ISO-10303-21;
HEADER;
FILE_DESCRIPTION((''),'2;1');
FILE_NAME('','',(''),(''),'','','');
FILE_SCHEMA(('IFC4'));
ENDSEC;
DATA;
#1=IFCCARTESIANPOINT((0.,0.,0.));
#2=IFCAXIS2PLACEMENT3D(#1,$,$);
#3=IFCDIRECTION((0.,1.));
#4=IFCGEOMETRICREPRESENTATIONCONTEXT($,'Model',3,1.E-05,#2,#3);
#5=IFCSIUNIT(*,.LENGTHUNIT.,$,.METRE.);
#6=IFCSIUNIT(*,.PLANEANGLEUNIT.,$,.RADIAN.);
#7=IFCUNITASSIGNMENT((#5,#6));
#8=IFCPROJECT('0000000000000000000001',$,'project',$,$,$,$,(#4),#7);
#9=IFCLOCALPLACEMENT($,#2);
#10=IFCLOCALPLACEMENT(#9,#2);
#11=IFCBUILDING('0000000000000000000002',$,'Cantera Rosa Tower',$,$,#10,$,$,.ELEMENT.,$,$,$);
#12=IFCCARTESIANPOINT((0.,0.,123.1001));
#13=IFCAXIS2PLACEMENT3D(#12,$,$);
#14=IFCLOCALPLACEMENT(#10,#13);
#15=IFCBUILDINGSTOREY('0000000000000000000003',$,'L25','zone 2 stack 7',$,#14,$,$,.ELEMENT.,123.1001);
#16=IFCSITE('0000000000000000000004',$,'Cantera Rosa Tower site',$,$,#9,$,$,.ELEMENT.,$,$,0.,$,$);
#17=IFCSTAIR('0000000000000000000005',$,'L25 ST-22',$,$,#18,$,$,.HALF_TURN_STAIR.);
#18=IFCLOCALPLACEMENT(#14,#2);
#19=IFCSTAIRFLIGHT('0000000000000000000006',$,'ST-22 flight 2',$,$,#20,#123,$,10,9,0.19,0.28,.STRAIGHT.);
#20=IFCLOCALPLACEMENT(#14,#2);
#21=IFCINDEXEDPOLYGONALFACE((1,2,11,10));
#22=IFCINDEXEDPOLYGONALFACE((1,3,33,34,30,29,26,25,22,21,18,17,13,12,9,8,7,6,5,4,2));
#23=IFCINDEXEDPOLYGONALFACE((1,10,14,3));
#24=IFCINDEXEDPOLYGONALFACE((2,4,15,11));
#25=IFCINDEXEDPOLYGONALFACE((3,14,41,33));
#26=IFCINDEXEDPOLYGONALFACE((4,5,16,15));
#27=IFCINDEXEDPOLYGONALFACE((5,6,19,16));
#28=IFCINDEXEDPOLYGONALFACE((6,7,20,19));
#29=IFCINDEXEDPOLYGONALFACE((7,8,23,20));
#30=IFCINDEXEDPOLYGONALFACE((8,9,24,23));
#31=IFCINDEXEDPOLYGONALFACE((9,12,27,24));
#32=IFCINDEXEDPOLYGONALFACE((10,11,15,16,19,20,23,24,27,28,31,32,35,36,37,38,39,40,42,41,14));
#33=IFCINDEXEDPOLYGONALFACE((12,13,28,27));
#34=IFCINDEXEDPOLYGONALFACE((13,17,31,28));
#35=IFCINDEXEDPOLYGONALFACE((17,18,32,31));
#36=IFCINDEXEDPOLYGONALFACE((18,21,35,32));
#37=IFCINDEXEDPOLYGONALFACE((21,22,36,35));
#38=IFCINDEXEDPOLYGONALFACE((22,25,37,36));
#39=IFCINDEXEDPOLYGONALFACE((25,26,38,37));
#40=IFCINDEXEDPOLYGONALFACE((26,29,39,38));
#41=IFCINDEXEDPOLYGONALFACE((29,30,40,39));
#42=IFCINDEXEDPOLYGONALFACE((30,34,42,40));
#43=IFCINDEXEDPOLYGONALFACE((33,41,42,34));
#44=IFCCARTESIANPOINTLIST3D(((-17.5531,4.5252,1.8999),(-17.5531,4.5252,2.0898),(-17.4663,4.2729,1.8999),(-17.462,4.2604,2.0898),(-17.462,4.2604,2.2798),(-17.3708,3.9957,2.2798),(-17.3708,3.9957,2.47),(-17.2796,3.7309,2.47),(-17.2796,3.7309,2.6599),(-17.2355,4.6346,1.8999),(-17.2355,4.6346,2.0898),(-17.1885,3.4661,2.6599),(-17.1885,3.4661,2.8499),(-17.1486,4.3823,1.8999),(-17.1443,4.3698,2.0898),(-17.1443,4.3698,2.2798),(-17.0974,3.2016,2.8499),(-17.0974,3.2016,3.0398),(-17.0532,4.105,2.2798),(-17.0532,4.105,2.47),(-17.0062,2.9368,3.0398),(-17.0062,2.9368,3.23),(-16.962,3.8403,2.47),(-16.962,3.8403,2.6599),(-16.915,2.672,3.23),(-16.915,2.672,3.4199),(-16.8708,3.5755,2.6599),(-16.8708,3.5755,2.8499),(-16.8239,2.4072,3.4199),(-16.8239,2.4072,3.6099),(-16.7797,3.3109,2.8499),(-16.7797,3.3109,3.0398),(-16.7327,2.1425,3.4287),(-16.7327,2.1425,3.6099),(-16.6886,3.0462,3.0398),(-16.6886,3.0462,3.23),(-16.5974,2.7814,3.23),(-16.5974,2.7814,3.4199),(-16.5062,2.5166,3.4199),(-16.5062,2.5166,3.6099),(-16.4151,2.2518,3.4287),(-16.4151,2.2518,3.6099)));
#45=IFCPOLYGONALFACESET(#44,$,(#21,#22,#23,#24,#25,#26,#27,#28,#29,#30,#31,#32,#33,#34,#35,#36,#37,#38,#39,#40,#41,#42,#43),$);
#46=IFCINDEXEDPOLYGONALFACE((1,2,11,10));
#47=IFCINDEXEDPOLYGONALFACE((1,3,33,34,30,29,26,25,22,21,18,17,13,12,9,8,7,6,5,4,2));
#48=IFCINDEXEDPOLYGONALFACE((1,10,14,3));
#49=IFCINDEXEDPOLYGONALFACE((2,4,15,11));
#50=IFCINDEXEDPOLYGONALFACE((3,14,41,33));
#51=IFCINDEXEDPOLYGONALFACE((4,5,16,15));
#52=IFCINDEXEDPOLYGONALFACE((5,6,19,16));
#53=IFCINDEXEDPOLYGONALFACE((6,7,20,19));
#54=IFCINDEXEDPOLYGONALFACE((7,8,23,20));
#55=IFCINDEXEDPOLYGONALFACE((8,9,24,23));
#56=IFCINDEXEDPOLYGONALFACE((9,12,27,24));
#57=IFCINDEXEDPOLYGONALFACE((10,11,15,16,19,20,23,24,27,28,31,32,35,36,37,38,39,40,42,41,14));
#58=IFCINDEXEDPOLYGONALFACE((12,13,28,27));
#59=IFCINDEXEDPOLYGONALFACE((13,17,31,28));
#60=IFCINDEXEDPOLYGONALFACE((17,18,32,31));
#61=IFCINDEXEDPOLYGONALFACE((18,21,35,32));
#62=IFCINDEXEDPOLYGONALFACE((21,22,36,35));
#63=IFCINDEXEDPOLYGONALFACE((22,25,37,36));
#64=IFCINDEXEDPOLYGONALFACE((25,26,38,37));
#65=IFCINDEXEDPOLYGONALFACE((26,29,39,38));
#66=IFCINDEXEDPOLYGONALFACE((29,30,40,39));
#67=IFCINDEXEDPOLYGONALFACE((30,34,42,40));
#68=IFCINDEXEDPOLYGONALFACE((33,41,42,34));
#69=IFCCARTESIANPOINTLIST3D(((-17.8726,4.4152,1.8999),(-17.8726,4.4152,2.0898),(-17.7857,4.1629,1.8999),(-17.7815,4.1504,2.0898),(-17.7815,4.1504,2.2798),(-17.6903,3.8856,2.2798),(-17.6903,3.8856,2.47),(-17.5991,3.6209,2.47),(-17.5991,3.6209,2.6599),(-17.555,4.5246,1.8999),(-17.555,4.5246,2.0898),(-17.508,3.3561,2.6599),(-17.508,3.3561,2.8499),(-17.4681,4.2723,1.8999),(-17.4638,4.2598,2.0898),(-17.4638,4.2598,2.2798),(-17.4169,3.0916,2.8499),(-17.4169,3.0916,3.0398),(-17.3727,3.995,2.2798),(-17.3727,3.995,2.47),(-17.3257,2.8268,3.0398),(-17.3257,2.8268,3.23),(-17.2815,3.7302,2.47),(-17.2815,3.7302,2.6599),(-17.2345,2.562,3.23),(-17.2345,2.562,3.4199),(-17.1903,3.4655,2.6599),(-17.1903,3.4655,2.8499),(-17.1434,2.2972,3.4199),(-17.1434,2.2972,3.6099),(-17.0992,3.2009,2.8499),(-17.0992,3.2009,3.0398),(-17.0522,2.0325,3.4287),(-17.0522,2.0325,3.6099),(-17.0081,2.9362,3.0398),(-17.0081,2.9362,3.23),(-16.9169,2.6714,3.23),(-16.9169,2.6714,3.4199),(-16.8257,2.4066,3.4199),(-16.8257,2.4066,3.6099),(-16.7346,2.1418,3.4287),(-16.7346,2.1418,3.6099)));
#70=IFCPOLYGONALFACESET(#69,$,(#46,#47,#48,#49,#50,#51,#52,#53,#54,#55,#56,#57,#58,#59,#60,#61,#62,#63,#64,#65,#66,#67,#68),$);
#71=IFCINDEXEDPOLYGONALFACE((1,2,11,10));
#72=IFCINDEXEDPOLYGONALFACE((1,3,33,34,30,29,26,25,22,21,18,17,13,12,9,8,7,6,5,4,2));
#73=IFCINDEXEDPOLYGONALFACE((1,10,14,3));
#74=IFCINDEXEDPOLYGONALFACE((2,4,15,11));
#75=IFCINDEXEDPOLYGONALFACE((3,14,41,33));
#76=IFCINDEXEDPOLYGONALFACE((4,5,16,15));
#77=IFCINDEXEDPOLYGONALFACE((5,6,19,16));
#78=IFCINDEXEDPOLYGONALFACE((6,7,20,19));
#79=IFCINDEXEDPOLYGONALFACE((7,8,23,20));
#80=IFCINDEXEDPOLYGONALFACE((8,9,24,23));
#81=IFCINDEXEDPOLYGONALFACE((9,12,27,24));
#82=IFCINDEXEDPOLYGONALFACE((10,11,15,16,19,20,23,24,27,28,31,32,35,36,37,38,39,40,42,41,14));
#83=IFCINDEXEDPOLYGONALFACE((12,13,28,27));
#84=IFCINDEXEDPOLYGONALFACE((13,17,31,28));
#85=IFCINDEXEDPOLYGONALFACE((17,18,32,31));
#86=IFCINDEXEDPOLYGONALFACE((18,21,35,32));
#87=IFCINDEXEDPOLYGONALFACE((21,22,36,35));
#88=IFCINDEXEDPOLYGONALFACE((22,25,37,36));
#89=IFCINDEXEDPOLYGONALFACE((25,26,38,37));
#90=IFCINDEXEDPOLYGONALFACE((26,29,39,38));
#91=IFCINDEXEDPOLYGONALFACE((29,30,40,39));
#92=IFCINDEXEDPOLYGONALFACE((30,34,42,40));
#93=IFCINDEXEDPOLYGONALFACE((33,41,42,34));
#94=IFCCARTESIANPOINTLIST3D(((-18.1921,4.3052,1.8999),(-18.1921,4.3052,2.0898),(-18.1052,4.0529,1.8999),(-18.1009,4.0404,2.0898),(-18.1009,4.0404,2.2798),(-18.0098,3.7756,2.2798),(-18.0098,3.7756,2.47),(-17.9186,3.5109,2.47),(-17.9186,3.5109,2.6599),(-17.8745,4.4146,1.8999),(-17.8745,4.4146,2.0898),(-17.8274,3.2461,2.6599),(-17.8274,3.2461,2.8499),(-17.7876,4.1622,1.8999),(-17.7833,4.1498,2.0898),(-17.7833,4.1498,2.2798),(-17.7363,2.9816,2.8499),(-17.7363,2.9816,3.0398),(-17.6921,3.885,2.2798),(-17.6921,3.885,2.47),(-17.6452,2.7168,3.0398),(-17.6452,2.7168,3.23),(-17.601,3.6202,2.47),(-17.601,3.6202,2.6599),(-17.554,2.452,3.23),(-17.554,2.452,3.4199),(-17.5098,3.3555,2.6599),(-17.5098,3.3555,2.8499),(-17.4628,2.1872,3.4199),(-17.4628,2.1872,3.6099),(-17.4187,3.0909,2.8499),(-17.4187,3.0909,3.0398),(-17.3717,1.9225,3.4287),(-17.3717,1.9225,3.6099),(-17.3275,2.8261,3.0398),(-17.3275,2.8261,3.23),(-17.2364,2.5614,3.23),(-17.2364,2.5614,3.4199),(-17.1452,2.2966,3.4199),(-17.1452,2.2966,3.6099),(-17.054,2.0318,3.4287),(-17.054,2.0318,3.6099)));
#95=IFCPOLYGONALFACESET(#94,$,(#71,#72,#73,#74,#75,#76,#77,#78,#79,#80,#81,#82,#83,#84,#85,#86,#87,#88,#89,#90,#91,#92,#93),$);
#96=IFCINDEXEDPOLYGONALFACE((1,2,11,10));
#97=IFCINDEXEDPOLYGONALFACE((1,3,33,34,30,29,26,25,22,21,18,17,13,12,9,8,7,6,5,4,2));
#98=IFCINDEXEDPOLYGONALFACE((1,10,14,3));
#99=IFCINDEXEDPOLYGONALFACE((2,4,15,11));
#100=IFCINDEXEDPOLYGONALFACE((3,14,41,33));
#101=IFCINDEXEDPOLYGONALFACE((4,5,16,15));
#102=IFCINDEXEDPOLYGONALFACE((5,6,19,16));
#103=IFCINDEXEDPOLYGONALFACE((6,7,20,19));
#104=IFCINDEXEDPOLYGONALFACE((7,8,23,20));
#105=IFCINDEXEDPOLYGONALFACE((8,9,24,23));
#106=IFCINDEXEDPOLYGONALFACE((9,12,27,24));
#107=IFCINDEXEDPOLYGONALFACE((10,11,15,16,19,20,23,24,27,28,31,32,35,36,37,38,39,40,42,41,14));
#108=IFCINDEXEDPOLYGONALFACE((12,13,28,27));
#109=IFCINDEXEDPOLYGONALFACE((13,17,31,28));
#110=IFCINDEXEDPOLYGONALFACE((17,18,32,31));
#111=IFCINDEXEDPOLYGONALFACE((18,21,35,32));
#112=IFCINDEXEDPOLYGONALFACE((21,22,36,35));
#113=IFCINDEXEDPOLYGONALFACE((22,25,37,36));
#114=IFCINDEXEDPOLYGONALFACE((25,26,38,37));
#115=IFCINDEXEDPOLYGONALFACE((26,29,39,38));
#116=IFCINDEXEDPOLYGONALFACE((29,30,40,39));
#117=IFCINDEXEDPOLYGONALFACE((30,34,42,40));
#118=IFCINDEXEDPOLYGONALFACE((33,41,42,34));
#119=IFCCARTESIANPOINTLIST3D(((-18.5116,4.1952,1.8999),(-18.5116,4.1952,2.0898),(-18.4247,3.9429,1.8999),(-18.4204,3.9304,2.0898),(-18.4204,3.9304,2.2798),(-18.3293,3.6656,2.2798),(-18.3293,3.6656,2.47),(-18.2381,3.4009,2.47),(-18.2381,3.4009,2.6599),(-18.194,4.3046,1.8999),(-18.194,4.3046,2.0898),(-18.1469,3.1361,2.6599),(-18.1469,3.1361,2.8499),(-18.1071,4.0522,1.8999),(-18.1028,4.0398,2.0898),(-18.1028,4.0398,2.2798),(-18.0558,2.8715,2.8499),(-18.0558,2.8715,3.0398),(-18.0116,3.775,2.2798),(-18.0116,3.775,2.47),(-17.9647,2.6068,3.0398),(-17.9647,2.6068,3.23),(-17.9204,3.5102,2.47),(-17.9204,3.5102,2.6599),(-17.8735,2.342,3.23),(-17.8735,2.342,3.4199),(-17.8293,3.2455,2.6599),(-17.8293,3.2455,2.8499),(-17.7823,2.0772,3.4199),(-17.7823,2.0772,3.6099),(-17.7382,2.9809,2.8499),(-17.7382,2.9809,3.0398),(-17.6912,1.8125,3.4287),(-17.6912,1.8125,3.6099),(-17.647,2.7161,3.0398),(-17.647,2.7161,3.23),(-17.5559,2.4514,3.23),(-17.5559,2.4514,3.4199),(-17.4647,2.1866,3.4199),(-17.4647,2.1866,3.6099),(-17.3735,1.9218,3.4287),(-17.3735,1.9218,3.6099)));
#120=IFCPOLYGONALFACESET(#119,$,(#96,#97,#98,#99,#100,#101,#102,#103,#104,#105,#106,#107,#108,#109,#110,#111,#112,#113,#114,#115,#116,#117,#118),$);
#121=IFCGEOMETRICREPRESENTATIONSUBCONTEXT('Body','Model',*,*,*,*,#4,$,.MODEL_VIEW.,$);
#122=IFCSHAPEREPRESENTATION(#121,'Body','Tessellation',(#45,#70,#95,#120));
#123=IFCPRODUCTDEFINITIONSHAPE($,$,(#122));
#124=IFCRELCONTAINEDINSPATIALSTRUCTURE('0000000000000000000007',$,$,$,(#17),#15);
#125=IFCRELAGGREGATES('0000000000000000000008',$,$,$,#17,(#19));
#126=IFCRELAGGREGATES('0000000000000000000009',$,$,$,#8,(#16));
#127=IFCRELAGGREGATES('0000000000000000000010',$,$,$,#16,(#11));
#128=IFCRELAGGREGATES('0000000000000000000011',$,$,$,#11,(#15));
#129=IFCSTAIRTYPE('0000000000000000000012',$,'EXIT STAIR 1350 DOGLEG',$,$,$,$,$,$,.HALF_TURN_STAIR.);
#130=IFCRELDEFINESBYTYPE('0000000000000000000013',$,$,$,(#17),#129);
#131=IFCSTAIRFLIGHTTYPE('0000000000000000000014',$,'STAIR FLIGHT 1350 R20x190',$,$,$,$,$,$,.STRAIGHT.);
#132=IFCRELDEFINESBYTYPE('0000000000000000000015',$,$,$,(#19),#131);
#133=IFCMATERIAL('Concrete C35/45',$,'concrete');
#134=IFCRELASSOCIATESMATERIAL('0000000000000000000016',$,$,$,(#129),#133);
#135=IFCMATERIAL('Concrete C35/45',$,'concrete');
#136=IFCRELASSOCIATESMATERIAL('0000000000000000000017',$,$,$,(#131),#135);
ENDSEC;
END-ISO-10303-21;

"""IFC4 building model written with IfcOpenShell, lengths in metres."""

from ifc_helpers import new_model, si_unit, direction, frame, origin, place, context, subcontext, project, spatial, polyline, outline, extrude, material, type_object, element, aggregate, save


model = new_model("IFC4")

# Units and contexts
model_context = context("Model", 3, precision=1e-05, world=origin(), true_north=direction((0.0, 1.0)))
body_context = subcontext(model_context, "Body", "Model", "MODEL_VIEW")
ifc_project = project(units=[si_unit("LENGTHUNIT", "METRE"), si_unit("PLANEANGLEUNIT", "RADIAN")], contexts=[model_context])

# Site, building, storey
site_placement = place(None, origin())
site = spatial("IfcSite", under=ifc_project, at=site_placement, Name="Cantera Rosa Tower site", CompositionType="ELEMENT", RefElevation=0.0)
building_placement = place(site_placement, origin())
building = spatial("IfcBuilding", under=site, at=building_placement, Name="Cantera Rosa Tower", CompositionType="ELEMENT")
storey_placement = place(building_placement, frame((0.0, 0.0, 123.1001)))
storey = spatial("IfcBuildingStorey", under=building, at=storey_placement, Name="L25", Description="zone 2 stack 7", CompositionType="ELEMENT", Elevation=123.1001)

# Stair, stair flight
ifc_material_1 = material(Name="Concrete C35/45", Category="concrete")
stair_type = type_object("IfcStairType", Name="EXIT STAIR 1350 DOGLEG", PredefinedType="HALF_TURN_STAIR", material=ifc_material_1)
stair_placement = place(storey_placement, origin())
stair = element("IfcStair", 1, at=stair_placement, inside=storey, type_object=stair_type, Name="L25 ST-22", PredefinedType="HALF_TURN_STAIR")
ifc_material_2 = material(Name="Concrete C35/45", Category="concrete")
stair_flight_type = type_object("IfcStairFlightType", Name="STAIR FLIGHT 1350 R20x190", PredefinedType="STRAIGHT", material=ifc_material_2)
stair_flight_placement = place(storey_placement, frame((-17.8738, 4.4148, 1.8999), z_axis=(0.0, 0.0, 1.0), x_axis=(0.325568, -0.945519, 0.0)))
stair_flight = element("IfcStairFlight", 2, at=stair_flight_placement, type_object=stair_flight_type, Name="ST-22 flight 2", NumberOfRisers=10, NumberOfTreads=9, PredefinedType="STRAIGHT", RiserHeight=0.19, TreadLength=0.28, context=body_context, shape_type="SweptSolid", body=[
    extrude(outline(polyline([(0.0, 0.0), (0.0, 0.1899), (0.28, 0.1899), (0.28, 0.3799), (0.5601, 0.3799), (0.5601, 0.5701), (0.8401, 0.5701), (0.8401, 0.76), (1.1201, 0.76), (1.1201, 0.95), (1.3999, 0.95), (1.3999, 1.1399), (1.6799, 1.1399), (1.6799, 1.3301), (1.96, 1.3301), (1.96, 1.52), (2.24, 1.52), (2.24, 1.71), (2.52, 1.71), (2.52, 1.8999), (2.52, 1.5288), (0.2668, 0.0), (0.0, 0.0)])), frame((0.0, 0.675, 0.0), z_axis=(0.0, -1.0, 0.0), x_axis=(1.0, 0.0, 0.0)), (0.0, 0.0, 1.0), 0.3359),
    extrude(outline(polyline([(0.0, 0.0), (0.0, 0.1899), (0.28, 0.1899), (0.28, 0.3799), (0.5601, 0.3799), (0.5601, 0.5701), (0.8401, 0.5701), (0.8401, 0.76), (1.1201, 0.76), (1.1201, 0.95), (1.3999, 0.95), (1.3999, 1.1399), (1.6799, 1.1399), (1.6799, 1.3301), (1.96, 1.3301), (1.96, 1.52), (2.24, 1.52), (2.24, 1.71), (2.52, 1.71), (2.52, 1.8999), (2.52, 1.5288), (0.2668, 0.0), (0.0, 0.0)])), frame((0.0, 0.3372, 0.0), z_axis=(0.0, -1.0, 0.0), x_axis=(1.0, 0.0, 0.0)), (0.0, 0.0, 1.0), 0.3359),
    extrude(outline(polyline([(0.0, 0.0), (0.0, 0.1899), (0.28, 0.1899), (0.28, 0.3799), (0.5601, 0.3799), (0.5601, 0.5701), (0.8401, 0.5701), (0.8401, 0.76), (1.1201, 0.76), (1.1201, 0.95), (1.3999, 0.95), (1.3999, 1.1399), (1.6799, 1.1399), (1.6799, 1.3301), (1.96, 1.3301), (1.96, 1.52), (2.24, 1.52), (2.24, 1.71), (2.52, 1.71), (2.52, 1.8999), (2.52, 1.5288), (0.2668, 0.0), (0.0, 0.0)])), frame((0.0, -0.0007, 0.0), z_axis=(0.0, -1.0, 0.0), x_axis=(1.0, 0.0, 0.0)), (0.0, 0.0, 1.0), 0.3359),
    extrude(outline(polyline([(0.0, 0.0), (0.0, 0.1899), (0.28, 0.1899), (0.28, 0.3799), (0.5601, 0.3799), (0.5601, 0.5701), (0.8401, 0.5701), (0.8401, 0.76), (1.1201, 0.76), (1.1201, 0.95), (1.3999, 0.95), (1.3999, 1.1399), (1.6799, 1.1399), (1.6799, 1.3301), (1.96, 1.3301), (1.96, 1.52), (2.24, 1.52), (2.24, 1.71), (2.52, 1.71), (2.52, 1.8999), (2.52, 1.5288), (0.2668, 0.0), (0.0, 0.0)])), frame((0.0, -0.3386, 0.0), z_axis=(0.0, -1.0, 0.0), x_axis=(1.0, 0.0, 0.0)), (0.0, 0.0, 1.0), 0.3359),
])
aggregate(stair, [stair_flight])

save(model, "model.ifc")
